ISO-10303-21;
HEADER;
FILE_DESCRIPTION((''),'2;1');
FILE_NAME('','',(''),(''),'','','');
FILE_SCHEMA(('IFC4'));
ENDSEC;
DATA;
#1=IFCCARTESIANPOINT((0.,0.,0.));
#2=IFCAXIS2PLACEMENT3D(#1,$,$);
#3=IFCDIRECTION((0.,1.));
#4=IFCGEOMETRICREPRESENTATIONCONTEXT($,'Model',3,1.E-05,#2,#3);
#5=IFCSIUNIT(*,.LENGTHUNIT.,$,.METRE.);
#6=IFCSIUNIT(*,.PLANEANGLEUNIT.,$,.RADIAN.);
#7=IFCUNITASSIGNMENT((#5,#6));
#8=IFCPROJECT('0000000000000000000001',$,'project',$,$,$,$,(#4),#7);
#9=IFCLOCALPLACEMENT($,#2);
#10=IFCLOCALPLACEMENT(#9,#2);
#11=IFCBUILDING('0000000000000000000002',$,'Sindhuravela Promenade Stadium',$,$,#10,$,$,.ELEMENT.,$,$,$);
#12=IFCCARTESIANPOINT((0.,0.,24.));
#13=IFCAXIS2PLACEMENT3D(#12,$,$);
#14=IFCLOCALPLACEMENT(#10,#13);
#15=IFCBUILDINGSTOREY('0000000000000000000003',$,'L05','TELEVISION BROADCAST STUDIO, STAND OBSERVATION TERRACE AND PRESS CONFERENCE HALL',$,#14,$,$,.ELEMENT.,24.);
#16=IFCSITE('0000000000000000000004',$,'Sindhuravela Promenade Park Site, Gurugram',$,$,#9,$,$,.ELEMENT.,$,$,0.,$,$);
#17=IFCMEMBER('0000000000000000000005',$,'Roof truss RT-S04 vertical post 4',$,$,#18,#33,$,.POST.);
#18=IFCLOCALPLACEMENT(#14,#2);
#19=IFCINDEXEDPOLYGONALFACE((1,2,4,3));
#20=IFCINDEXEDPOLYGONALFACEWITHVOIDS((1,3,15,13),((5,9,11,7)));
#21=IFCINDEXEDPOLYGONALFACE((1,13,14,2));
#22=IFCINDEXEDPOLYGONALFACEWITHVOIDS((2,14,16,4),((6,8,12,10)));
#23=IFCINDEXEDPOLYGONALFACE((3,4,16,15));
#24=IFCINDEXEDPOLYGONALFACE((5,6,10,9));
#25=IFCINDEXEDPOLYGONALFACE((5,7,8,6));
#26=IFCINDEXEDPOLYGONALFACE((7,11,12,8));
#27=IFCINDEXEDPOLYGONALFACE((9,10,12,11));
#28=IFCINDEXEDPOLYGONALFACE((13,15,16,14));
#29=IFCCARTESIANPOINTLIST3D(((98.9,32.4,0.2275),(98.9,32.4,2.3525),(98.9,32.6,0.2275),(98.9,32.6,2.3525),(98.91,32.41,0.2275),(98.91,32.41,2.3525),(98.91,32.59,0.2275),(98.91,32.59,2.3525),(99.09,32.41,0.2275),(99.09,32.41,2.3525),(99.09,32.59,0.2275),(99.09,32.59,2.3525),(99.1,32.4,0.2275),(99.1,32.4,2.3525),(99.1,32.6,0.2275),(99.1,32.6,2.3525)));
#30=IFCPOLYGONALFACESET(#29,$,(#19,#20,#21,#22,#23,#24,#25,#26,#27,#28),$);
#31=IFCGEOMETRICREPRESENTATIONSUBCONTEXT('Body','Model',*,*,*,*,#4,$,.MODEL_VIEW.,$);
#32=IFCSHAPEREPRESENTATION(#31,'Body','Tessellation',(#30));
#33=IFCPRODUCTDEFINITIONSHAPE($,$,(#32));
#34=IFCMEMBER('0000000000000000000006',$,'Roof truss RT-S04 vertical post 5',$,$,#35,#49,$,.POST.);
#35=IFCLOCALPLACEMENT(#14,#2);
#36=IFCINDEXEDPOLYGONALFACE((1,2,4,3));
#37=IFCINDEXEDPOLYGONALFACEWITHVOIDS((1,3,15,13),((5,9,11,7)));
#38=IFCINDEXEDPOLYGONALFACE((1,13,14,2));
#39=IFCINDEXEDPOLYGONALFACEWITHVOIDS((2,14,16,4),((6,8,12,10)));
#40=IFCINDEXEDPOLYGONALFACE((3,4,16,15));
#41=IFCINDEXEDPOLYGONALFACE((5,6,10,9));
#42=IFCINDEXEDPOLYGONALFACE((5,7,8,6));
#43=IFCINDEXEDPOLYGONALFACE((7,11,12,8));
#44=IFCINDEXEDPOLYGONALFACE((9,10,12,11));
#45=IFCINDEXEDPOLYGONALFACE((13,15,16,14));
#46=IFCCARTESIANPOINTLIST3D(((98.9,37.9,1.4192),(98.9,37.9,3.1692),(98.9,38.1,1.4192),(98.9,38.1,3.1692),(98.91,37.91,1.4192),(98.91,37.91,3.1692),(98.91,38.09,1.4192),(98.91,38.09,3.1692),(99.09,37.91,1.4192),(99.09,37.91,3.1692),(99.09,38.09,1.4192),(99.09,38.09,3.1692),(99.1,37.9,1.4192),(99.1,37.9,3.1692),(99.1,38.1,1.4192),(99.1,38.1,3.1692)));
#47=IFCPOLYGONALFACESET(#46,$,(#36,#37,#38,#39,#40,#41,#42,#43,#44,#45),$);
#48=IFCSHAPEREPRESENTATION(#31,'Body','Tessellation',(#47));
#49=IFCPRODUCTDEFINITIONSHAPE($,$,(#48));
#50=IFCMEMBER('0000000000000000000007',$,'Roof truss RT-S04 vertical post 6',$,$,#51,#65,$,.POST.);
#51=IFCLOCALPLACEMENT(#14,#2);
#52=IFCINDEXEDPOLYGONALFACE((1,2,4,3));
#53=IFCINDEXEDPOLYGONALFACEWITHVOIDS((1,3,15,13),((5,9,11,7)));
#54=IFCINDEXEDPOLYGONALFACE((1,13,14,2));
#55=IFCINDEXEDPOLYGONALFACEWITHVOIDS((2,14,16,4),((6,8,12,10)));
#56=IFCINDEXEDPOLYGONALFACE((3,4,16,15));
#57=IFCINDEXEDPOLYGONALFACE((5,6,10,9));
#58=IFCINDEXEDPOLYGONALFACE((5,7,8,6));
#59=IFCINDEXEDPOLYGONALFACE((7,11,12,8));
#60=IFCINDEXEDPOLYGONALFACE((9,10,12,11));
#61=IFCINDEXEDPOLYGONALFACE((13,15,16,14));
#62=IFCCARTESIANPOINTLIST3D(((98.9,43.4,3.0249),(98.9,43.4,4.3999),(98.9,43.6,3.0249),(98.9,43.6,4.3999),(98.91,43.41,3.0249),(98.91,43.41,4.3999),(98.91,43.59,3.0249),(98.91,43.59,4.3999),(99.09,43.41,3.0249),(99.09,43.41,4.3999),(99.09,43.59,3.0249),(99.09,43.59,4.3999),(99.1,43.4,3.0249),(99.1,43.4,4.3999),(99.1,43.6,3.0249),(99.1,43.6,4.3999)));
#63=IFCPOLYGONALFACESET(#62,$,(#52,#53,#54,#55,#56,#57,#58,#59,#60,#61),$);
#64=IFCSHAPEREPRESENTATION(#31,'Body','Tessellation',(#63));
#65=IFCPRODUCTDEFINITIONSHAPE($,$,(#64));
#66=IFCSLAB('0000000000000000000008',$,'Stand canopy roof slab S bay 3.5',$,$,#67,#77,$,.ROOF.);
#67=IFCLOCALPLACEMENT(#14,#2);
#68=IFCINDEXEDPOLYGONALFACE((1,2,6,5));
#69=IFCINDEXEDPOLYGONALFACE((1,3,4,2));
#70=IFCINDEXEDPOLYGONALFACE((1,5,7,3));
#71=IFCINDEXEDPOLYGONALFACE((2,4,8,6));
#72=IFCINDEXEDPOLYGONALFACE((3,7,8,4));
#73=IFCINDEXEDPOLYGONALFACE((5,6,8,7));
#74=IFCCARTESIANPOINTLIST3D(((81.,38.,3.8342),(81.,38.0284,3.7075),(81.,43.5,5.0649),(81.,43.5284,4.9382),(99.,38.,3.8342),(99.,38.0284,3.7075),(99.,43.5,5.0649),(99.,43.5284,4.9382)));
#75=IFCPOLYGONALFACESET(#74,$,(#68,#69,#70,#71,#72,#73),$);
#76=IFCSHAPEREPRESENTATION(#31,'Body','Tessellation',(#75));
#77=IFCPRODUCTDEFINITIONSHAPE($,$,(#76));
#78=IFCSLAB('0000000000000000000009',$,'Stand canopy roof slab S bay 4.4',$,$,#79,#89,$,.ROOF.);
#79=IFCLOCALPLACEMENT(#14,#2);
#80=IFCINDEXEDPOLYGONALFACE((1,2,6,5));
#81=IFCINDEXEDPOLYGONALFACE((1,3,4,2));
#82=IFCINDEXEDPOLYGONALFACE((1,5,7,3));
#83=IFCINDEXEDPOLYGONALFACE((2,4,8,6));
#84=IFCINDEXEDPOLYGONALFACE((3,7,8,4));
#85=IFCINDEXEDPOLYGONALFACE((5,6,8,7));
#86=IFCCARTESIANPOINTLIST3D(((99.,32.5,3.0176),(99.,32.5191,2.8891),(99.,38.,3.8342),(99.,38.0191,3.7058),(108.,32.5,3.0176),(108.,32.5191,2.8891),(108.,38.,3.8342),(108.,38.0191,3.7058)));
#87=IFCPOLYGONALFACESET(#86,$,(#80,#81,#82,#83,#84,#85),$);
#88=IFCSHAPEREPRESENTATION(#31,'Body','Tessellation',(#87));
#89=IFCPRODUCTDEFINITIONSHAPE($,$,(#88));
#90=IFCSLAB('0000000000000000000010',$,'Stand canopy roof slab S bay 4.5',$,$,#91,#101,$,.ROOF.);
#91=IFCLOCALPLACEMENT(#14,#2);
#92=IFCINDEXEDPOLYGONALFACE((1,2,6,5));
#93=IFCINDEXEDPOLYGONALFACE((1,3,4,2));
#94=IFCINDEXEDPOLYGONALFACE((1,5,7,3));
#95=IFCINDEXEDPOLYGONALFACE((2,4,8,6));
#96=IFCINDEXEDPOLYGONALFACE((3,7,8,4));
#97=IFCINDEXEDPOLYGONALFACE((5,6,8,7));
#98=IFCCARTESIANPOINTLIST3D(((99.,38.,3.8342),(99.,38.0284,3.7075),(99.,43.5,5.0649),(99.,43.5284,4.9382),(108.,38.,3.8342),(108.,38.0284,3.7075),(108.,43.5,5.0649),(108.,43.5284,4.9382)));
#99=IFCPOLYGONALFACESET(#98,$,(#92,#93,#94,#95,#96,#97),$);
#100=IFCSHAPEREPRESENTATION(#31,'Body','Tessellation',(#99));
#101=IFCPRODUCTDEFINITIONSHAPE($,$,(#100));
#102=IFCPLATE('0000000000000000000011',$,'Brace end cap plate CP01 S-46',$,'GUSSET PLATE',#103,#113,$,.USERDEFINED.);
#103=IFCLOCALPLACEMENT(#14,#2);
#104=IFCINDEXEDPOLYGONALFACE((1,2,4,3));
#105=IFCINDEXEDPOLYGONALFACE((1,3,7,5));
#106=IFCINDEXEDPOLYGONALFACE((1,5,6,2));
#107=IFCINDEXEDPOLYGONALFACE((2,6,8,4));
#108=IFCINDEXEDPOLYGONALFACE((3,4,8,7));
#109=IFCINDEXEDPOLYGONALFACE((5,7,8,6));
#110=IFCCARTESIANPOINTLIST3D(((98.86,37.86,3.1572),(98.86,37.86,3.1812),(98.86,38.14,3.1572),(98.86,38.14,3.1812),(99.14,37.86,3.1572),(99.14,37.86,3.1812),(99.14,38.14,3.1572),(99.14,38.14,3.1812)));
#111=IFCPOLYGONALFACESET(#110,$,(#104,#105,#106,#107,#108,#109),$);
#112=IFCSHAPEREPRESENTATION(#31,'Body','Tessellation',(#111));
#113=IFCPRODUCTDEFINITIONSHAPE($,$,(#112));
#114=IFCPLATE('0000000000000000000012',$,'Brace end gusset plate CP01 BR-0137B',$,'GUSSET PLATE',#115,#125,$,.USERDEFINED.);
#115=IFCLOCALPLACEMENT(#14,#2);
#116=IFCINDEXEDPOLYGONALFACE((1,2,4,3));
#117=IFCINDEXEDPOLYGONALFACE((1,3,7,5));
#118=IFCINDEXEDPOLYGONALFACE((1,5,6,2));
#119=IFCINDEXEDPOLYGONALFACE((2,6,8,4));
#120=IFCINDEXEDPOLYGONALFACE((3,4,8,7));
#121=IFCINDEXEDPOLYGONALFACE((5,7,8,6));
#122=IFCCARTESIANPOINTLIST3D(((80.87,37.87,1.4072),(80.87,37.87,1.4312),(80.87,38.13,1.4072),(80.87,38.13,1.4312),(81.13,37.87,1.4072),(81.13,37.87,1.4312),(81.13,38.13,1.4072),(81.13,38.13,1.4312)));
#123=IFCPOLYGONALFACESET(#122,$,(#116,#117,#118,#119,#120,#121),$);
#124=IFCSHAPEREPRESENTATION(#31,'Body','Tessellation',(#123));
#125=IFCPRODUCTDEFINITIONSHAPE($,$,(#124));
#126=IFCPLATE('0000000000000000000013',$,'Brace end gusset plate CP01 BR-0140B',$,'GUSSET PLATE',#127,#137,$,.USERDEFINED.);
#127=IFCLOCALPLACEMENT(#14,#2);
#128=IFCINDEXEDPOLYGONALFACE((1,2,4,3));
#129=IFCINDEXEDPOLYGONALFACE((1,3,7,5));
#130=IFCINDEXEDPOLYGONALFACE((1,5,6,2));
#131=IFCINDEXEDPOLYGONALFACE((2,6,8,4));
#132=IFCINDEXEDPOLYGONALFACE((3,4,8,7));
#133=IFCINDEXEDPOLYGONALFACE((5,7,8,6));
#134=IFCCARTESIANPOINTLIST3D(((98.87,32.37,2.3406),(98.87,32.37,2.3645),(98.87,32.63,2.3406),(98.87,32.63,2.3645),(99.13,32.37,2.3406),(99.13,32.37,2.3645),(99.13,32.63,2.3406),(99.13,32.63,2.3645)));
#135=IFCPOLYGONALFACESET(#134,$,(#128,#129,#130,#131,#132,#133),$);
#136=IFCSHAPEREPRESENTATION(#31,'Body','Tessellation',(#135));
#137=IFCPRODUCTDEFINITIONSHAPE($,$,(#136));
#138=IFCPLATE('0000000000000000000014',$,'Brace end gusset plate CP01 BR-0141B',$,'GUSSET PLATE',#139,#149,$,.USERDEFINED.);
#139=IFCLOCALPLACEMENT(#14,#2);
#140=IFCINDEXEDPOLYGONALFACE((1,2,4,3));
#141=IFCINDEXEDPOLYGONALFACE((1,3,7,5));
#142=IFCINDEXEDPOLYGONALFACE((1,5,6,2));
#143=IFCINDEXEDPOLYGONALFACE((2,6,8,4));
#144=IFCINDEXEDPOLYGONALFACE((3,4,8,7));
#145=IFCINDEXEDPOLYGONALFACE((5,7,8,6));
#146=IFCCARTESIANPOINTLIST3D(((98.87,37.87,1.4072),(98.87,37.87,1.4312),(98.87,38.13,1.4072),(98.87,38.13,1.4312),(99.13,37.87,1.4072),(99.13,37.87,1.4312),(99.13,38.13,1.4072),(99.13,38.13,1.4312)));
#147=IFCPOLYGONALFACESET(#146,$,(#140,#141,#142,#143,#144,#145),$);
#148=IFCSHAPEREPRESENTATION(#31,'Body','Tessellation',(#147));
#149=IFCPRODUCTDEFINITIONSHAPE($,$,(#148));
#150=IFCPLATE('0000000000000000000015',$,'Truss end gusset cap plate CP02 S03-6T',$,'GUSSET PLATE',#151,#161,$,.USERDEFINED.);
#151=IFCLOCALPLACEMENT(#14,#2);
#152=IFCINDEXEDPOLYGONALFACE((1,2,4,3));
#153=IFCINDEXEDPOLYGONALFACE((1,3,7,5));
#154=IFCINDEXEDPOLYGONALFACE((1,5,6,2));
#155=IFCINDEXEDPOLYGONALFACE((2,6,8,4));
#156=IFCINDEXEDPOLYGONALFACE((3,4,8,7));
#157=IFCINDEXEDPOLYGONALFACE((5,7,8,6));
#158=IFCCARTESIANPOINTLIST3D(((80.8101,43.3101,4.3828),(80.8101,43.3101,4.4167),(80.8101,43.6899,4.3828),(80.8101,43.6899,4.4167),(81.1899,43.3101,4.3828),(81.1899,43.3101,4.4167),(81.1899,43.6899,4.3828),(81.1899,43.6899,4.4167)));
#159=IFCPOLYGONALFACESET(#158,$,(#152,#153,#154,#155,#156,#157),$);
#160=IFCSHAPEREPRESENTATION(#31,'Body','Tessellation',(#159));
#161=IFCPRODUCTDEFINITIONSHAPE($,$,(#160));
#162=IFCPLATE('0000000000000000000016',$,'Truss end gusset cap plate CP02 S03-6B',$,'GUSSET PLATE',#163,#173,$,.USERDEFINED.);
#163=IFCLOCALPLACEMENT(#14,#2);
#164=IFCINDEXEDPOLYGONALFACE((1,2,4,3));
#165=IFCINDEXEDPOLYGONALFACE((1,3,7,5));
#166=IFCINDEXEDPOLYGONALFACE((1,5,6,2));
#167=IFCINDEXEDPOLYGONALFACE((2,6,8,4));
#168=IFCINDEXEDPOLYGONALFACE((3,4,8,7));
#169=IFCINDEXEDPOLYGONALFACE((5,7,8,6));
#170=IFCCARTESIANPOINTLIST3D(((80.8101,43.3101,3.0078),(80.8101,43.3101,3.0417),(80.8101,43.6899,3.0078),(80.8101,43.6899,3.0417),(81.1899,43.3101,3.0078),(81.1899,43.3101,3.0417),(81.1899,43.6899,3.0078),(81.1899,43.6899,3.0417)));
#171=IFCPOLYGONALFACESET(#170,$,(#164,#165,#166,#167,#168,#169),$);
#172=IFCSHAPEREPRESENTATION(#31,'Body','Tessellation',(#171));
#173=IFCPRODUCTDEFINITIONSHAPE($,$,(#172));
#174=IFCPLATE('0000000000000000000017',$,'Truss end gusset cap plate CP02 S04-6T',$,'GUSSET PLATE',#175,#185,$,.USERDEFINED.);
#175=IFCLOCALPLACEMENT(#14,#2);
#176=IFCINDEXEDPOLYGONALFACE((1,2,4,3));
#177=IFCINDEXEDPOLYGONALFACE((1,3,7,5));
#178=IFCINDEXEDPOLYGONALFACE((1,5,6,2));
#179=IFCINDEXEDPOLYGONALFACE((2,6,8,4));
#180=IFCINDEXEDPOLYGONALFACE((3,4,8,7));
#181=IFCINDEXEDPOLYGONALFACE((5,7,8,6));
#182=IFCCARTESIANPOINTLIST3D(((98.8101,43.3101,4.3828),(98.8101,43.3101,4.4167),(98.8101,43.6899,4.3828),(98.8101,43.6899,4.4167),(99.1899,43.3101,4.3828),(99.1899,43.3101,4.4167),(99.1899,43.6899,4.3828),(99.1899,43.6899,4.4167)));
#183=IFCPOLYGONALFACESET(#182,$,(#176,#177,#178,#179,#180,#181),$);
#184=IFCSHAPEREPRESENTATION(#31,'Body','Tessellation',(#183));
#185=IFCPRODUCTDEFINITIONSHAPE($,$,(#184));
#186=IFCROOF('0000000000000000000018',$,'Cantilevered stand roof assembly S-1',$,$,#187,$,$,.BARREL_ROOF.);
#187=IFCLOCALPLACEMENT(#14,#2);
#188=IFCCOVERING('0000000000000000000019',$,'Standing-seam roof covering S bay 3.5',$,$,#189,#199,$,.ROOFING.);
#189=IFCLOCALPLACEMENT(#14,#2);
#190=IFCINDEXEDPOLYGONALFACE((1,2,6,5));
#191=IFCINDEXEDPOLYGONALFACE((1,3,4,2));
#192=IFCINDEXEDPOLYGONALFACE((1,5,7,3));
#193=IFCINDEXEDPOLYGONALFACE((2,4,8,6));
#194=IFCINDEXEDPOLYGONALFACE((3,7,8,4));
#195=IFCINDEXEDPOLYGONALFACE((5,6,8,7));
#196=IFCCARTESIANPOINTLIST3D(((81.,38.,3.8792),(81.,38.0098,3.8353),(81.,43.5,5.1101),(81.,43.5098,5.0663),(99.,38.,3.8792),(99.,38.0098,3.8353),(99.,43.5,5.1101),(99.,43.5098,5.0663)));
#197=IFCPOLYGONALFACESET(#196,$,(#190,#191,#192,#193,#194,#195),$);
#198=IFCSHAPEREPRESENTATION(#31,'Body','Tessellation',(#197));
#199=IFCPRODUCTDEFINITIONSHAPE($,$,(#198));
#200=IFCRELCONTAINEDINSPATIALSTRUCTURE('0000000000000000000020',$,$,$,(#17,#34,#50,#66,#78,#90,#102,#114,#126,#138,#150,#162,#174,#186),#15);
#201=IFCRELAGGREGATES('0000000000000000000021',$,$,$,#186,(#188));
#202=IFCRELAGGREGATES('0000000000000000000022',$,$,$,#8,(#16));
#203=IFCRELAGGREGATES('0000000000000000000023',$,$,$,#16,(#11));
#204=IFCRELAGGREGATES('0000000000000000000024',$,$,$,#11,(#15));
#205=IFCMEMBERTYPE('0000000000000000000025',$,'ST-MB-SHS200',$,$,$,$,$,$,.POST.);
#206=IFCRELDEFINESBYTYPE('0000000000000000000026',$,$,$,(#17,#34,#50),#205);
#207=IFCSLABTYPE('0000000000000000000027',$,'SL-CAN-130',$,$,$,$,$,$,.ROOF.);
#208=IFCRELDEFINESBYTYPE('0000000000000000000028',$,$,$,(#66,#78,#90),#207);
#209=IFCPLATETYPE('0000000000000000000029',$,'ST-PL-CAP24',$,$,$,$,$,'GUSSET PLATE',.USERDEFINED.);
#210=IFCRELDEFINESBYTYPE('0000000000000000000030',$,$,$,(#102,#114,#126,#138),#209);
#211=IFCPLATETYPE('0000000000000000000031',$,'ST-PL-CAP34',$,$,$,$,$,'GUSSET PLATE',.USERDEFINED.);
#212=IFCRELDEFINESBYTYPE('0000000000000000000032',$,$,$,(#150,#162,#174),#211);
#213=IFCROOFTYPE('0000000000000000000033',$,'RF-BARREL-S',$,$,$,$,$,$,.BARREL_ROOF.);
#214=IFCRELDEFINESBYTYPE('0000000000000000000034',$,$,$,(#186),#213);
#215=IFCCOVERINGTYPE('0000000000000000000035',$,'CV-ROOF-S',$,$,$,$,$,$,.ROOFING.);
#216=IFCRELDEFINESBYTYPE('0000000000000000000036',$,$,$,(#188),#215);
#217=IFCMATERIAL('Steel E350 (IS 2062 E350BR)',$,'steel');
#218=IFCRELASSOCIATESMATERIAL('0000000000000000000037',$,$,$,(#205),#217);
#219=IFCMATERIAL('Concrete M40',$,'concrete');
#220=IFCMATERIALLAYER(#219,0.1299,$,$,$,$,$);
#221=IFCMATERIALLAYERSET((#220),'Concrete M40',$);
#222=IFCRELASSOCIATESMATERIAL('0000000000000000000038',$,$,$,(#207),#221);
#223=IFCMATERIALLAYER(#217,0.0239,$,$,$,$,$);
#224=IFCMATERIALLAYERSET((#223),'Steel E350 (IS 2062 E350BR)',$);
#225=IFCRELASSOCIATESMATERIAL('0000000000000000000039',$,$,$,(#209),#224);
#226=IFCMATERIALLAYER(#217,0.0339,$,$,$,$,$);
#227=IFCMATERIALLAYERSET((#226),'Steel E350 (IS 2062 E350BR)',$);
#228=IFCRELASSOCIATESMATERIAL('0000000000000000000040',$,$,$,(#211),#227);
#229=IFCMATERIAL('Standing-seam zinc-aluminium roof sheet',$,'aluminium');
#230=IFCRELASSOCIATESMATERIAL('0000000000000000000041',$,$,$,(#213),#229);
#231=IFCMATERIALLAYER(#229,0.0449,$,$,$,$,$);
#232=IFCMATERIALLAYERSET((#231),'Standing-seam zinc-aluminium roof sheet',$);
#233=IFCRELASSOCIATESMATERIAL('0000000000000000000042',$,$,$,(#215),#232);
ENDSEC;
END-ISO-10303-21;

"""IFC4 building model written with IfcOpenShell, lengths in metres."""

from ifc_helpers import new_model, si_unit, direction, frame, origin, origin_2d, place, context, subcontext, project, spatial, polyline, rectangle, hollow_rectangle, outline, extrude, material, layer, layer_set, material_profile, profile_set, type_object, element, aggregate, save


model = new_model("IFC4")

# Units and contexts
model_context = context("Model", 3, precision=1e-05, world=origin(), true_north=direction((0.0, 1.0)))
body_context = subcontext(model_context, "Body", "Model", "MODEL_VIEW")
ifc_project = project(units=[si_unit("LENGTHUNIT", "METRE"), si_unit("PLANEANGLEUNIT", "RADIAN")], contexts=[model_context])

# Site, building, storey
site_placement = place(None, origin())
site = spatial("IfcSite", under=ifc_project, at=site_placement, Name="Sindhuravela Promenade Park Site, Gurugram", CompositionType="ELEMENT", RefElevation=0.0)
building_placement = place(site_placement, origin())
building = spatial("IfcBuilding", under=site, at=building_placement, Name="Sindhuravela Promenade Stadium", CompositionType="ELEMENT")
storey_placement = place(building_placement, frame((0.0, 0.0, 24.0)))
storey = spatial("IfcBuildingStorey", under=building, at=storey_placement, Name="L05", Description="TELEVISION BROADCAST STUDIO, STAND OBSERVATION TERRACE AND PRESS CONFERENCE HALL", CompositionType="ELEMENT", Elevation=24.0)

# Shared definitions
ifc_material_1 = material(Name="Steel E350 (IS 2062 E350BR)", Category="steel")

# Members
ifc_material_profile_1 = material_profile(ifc_material_1, hollow_rectangle(XDim=0.2, YDim=0.2, WallThickness=0.01, at=origin_2d()), Name="SHS 200x200x10")
ifc_profile_set_1 = profile_set([ifc_material_profile_1], Name="Steel E350 (IS 2062 E350BR)")
member_type_1 = type_object("IfcMemberType", Name="ST-MB-SHS200", PredefinedType="POST", material=ifc_profile_set_1)
member_1_placement = place(storey_placement, frame((99.0, 32.5, 0.2275), z_axis=(0.0, 0.0, 1.0), x_axis=(1.0, 0.0, 0.0)))
element("IfcMember", 1, at=member_1_placement, inside=storey, type_object=member_type_1, Name="Roof truss RT-S04 vertical post 4", PredefinedType="POST", context=body_context, shape_type="SweptSolid", body=[
    extrude(hollow_rectangle(XDim=0.2, YDim=0.2, WallThickness=0.01, at=origin_2d()), origin(), (0.0, 0.0, 1.0), 2.125),
])
member_2_placement = place(storey_placement, frame((99.0, 38.0, 1.4192), z_axis=(0.0, 0.0, 1.0), x_axis=(1.0, 0.0, 0.0)))
element("IfcMember", 2, at=member_2_placement, inside=storey, type_object=member_type_1, Name="Roof truss RT-S04 vertical post 5", PredefinedType="POST", context=body_context, shape_type="SweptSolid", body=[
    extrude(hollow_rectangle(XDim=0.2, YDim=0.2, WallThickness=0.01, at=origin_2d()), origin(), (0.0, 0.0, 1.0), 1.75),
])
member_3_placement = place(storey_placement, frame((99.0, 43.5, 3.0249), z_axis=(0.0, 0.0, 1.0), x_axis=(1.0, 0.0, 0.0)))
element("IfcMember", 3, at=member_3_placement, inside=storey, type_object=member_type_1, Name="Roof truss RT-S04 vertical post 6", PredefinedType="POST", context=body_context, shape_type="SweptSolid", body=[
    extrude(hollow_rectangle(XDim=0.2, YDim=0.2, WallThickness=0.01, at=origin_2d()), origin(), (0.0, 0.0, 1.0), 1.375),
])

# Slabs
ifc_material_2 = material(Name="Concrete M40", Category="concrete")
ifc_layer_1 = layer(ifc_material_2, 0.1299)
ifc_layer_set_1 = layer_set([ifc_layer_1], Name="Concrete M40")
slab_type = type_object("IfcSlabType", Name="SL-CAN-130", PredefinedType="ROOF", material=ifc_layer_set_1)
slab_1_placement = place(storey_placement, frame((81.0, 38.0, 3.8342), z_axis=(0.0, -0.218366, 0.975867), x_axis=(1.0, 0.0, 0.0)))
element("IfcSlab", 4, at=slab_1_placement, inside=storey, type_object=slab_type, Name="Stand canopy roof slab S bay 3.5", PredefinedType="ROOF", context=body_context, shape_type="SweptSolid", body=[
    extrude(outline(polyline([(0.0, 0.0), (18.0, 0.0), (18.0, 5.636), (0.0, 5.636), (0.0, 0.0)])), origin(), (0.0, 0.0, -1.0), 0.1299),
])
slab_2_placement = place(storey_placement, frame((99.0, 32.5, 3.0176), z_axis=(0.0, -0.146872, 0.989156), x_axis=(1.0, 0.0, 0.0)))
element("IfcSlab", 5, at=slab_2_placement, inside=storey, type_object=slab_type, Name="Stand canopy roof slab S bay 4.4", PredefinedType="ROOF", context=body_context, shape_type="SweptSolid", body=[
    extrude(outline(polyline([(0.0, 0.0), (9.0, 0.0), (9.0, 5.5603), (0.0, 5.5603), (0.0, 0.0)])), origin(), (0.0, 0.0, -1.0), 0.1299),
])
slab_3_placement = place(storey_placement, frame((99.0, 38.0, 3.8342), z_axis=(0.0, -0.218366, 0.975867), x_axis=(1.0, 0.0, 0.0)))
element("IfcSlab", 6, at=slab_3_placement, inside=storey, type_object=slab_type, Name="Stand canopy roof slab S bay 4.5", PredefinedType="ROOF", context=body_context, shape_type="SweptSolid", body=[
    extrude(outline(polyline([(0.0, 0.0), (9.0, 0.0), (9.0, 5.636), (0.0, 5.636), (0.0, 0.0)])), origin(), (0.0, 0.0, -1.0), 0.1299),
])

# Plates
ifc_layer_2 = layer(ifc_material_1, 0.0239)
ifc_layer_set_2 = layer_set([ifc_layer_2], Name="Steel E350 (IS 2062 E350BR)")
plate_type_1 = type_object("IfcPlateType", Name="ST-PL-CAP24", ElementType="GUSSET PLATE", PredefinedType="USERDEFINED", material=ifc_layer_set_2)
plate_placement = place(storey_placement, frame((99.0, 38.0, 3.1572), z_axis=(0.0, 0.0, 1.0), x_axis=(1.0, 0.0, 0.0)))
element("IfcPlate", 7, at=plate_placement, inside=storey, type_object=plate_type_1, Name="Brace end cap plate CP01 S-46", ObjectType="GUSSET PLATE", PredefinedType="USERDEFINED", context=body_context, shape_type="SweptSolid", body=[
    extrude(rectangle(XDim=0.28, YDim=0.28, at=origin_2d()), origin(), (0.0, 0.0, 1.0), 0.0239),
])
for number, where, z_axis, x_axis, name in (
    (8, (81.0, 38.0, 1.4072), (0.0, 0.0, 1.0), (1.0, 0.0, 0.0), "Brace end gusset plate CP01 BR-0137B"),
    (9, (99.0, 32.5, 2.3406), (0.0, 0.0, 1.0), (1.0, 0.0, 0.0), "Brace end gusset plate CP01 BR-0140B"),
    (10, (99.0, 38.0, 1.4072), (0.0, 0.0, 1.0), (1.0, 0.0, 0.0), "Brace end gusset plate CP01 BR-0141B"),
):
    element("IfcPlate", number, at=place(storey_placement, frame(where, z_axis=z_axis, x_axis=x_axis)), inside=storey, type_object=plate_type_1, Name=name, ObjectType="GUSSET PLATE", PredefinedType="USERDEFINED", context=body_context, shape_type="SweptSolid", body=[
        extrude(rectangle(XDim=0.26, YDim=0.26, at=origin_2d()), origin(), (0.0, 0.0, 1.0), 0.0239),
    ])
ifc_layer_3 = layer(ifc_material_1, 0.0339)
ifc_layer_set_3 = layer_set([ifc_layer_3], Name="Steel E350 (IS 2062 E350BR)")
plate_type_2 = type_object("IfcPlateType", Name="ST-PL-CAP34", ElementType="GUSSET PLATE", PredefinedType="USERDEFINED", material=ifc_layer_set_3)
for number, where, z_axis, x_axis, name in (
    (11, (81.0, 43.5, 4.3828), (0.0, 0.0, 1.0), (1.0, 0.0, 0.0), "Truss end gusset cap plate CP02 S03-6T"),
    (12, (81.0, 43.5, 3.0078), (0.0, 0.0, 1.0), (1.0, 0.0, 0.0), "Truss end gusset cap plate CP02 S03-6B"),
    (13, (99.0, 43.5, 4.3828), (0.0, 0.0, 1.0), (1.0, 0.0, 0.0), "Truss end gusset cap plate CP02 S04-6T"),
):
    element("IfcPlate", number, at=place(storey_placement, frame(where, z_axis=z_axis, x_axis=x_axis)), inside=storey, type_object=plate_type_2, Name=name, ObjectType="GUSSET PLATE", PredefinedType="USERDEFINED", context=body_context, shape_type="SweptSolid", body=[
        extrude(rectangle(XDim=0.3799, YDim=0.3799, at=origin_2d()), origin(), (0.0, 0.0, 1.0), 0.0339),
    ])

# Roof, covering
ifc_material_3 = material(Name="Standing-seam zinc-aluminium roof sheet", Category="aluminium")
roof_type = type_object("IfcRoofType", Name="RF-BARREL-S", PredefinedType="BARREL_ROOF", material=ifc_material_3)
roof_placement = place(storey_placement, origin())
roof = element("IfcRoof", 14, at=roof_placement, inside=storey, type_object=roof_type, Name="Cantilevered stand roof assembly S-1", PredefinedType="BARREL_ROOF")
ifc_layer_4 = layer(ifc_material_3, 0.0449)
ifc_layer_set_4 = layer_set([ifc_layer_4], Name="Standing-seam zinc-aluminium roof sheet")
covering_type_1 = type_object("IfcCoveringType", Name="CV-ROOF-S", PredefinedType="ROOFING", material=ifc_layer_set_4)
covering_1_placement = place(storey_placement, frame((81.0, 38.0, 3.8792), z_axis=(0.0, -0.218407, 0.975858), x_axis=(1.0, 0.0, 0.0)))
covering_1 = element("IfcCovering", 15, at=covering_1_placement, type_object=covering_type_1, Name="Standing-seam roof covering S bay 3.5", PredefinedType="ROOFING", context=body_context, shape_type="SweptSolid", body=[
    extrude(outline(polyline([(0.0, 0.0), (18.0, 0.0), (18.0, 5.6361), (0.0, 5.6361), (0.0, 0.0)])), origin(), (0.0, 0.0, -1.0), 0.0449),
])
aggregate(roof, [covering_1])

save(model, "model.ifc")
